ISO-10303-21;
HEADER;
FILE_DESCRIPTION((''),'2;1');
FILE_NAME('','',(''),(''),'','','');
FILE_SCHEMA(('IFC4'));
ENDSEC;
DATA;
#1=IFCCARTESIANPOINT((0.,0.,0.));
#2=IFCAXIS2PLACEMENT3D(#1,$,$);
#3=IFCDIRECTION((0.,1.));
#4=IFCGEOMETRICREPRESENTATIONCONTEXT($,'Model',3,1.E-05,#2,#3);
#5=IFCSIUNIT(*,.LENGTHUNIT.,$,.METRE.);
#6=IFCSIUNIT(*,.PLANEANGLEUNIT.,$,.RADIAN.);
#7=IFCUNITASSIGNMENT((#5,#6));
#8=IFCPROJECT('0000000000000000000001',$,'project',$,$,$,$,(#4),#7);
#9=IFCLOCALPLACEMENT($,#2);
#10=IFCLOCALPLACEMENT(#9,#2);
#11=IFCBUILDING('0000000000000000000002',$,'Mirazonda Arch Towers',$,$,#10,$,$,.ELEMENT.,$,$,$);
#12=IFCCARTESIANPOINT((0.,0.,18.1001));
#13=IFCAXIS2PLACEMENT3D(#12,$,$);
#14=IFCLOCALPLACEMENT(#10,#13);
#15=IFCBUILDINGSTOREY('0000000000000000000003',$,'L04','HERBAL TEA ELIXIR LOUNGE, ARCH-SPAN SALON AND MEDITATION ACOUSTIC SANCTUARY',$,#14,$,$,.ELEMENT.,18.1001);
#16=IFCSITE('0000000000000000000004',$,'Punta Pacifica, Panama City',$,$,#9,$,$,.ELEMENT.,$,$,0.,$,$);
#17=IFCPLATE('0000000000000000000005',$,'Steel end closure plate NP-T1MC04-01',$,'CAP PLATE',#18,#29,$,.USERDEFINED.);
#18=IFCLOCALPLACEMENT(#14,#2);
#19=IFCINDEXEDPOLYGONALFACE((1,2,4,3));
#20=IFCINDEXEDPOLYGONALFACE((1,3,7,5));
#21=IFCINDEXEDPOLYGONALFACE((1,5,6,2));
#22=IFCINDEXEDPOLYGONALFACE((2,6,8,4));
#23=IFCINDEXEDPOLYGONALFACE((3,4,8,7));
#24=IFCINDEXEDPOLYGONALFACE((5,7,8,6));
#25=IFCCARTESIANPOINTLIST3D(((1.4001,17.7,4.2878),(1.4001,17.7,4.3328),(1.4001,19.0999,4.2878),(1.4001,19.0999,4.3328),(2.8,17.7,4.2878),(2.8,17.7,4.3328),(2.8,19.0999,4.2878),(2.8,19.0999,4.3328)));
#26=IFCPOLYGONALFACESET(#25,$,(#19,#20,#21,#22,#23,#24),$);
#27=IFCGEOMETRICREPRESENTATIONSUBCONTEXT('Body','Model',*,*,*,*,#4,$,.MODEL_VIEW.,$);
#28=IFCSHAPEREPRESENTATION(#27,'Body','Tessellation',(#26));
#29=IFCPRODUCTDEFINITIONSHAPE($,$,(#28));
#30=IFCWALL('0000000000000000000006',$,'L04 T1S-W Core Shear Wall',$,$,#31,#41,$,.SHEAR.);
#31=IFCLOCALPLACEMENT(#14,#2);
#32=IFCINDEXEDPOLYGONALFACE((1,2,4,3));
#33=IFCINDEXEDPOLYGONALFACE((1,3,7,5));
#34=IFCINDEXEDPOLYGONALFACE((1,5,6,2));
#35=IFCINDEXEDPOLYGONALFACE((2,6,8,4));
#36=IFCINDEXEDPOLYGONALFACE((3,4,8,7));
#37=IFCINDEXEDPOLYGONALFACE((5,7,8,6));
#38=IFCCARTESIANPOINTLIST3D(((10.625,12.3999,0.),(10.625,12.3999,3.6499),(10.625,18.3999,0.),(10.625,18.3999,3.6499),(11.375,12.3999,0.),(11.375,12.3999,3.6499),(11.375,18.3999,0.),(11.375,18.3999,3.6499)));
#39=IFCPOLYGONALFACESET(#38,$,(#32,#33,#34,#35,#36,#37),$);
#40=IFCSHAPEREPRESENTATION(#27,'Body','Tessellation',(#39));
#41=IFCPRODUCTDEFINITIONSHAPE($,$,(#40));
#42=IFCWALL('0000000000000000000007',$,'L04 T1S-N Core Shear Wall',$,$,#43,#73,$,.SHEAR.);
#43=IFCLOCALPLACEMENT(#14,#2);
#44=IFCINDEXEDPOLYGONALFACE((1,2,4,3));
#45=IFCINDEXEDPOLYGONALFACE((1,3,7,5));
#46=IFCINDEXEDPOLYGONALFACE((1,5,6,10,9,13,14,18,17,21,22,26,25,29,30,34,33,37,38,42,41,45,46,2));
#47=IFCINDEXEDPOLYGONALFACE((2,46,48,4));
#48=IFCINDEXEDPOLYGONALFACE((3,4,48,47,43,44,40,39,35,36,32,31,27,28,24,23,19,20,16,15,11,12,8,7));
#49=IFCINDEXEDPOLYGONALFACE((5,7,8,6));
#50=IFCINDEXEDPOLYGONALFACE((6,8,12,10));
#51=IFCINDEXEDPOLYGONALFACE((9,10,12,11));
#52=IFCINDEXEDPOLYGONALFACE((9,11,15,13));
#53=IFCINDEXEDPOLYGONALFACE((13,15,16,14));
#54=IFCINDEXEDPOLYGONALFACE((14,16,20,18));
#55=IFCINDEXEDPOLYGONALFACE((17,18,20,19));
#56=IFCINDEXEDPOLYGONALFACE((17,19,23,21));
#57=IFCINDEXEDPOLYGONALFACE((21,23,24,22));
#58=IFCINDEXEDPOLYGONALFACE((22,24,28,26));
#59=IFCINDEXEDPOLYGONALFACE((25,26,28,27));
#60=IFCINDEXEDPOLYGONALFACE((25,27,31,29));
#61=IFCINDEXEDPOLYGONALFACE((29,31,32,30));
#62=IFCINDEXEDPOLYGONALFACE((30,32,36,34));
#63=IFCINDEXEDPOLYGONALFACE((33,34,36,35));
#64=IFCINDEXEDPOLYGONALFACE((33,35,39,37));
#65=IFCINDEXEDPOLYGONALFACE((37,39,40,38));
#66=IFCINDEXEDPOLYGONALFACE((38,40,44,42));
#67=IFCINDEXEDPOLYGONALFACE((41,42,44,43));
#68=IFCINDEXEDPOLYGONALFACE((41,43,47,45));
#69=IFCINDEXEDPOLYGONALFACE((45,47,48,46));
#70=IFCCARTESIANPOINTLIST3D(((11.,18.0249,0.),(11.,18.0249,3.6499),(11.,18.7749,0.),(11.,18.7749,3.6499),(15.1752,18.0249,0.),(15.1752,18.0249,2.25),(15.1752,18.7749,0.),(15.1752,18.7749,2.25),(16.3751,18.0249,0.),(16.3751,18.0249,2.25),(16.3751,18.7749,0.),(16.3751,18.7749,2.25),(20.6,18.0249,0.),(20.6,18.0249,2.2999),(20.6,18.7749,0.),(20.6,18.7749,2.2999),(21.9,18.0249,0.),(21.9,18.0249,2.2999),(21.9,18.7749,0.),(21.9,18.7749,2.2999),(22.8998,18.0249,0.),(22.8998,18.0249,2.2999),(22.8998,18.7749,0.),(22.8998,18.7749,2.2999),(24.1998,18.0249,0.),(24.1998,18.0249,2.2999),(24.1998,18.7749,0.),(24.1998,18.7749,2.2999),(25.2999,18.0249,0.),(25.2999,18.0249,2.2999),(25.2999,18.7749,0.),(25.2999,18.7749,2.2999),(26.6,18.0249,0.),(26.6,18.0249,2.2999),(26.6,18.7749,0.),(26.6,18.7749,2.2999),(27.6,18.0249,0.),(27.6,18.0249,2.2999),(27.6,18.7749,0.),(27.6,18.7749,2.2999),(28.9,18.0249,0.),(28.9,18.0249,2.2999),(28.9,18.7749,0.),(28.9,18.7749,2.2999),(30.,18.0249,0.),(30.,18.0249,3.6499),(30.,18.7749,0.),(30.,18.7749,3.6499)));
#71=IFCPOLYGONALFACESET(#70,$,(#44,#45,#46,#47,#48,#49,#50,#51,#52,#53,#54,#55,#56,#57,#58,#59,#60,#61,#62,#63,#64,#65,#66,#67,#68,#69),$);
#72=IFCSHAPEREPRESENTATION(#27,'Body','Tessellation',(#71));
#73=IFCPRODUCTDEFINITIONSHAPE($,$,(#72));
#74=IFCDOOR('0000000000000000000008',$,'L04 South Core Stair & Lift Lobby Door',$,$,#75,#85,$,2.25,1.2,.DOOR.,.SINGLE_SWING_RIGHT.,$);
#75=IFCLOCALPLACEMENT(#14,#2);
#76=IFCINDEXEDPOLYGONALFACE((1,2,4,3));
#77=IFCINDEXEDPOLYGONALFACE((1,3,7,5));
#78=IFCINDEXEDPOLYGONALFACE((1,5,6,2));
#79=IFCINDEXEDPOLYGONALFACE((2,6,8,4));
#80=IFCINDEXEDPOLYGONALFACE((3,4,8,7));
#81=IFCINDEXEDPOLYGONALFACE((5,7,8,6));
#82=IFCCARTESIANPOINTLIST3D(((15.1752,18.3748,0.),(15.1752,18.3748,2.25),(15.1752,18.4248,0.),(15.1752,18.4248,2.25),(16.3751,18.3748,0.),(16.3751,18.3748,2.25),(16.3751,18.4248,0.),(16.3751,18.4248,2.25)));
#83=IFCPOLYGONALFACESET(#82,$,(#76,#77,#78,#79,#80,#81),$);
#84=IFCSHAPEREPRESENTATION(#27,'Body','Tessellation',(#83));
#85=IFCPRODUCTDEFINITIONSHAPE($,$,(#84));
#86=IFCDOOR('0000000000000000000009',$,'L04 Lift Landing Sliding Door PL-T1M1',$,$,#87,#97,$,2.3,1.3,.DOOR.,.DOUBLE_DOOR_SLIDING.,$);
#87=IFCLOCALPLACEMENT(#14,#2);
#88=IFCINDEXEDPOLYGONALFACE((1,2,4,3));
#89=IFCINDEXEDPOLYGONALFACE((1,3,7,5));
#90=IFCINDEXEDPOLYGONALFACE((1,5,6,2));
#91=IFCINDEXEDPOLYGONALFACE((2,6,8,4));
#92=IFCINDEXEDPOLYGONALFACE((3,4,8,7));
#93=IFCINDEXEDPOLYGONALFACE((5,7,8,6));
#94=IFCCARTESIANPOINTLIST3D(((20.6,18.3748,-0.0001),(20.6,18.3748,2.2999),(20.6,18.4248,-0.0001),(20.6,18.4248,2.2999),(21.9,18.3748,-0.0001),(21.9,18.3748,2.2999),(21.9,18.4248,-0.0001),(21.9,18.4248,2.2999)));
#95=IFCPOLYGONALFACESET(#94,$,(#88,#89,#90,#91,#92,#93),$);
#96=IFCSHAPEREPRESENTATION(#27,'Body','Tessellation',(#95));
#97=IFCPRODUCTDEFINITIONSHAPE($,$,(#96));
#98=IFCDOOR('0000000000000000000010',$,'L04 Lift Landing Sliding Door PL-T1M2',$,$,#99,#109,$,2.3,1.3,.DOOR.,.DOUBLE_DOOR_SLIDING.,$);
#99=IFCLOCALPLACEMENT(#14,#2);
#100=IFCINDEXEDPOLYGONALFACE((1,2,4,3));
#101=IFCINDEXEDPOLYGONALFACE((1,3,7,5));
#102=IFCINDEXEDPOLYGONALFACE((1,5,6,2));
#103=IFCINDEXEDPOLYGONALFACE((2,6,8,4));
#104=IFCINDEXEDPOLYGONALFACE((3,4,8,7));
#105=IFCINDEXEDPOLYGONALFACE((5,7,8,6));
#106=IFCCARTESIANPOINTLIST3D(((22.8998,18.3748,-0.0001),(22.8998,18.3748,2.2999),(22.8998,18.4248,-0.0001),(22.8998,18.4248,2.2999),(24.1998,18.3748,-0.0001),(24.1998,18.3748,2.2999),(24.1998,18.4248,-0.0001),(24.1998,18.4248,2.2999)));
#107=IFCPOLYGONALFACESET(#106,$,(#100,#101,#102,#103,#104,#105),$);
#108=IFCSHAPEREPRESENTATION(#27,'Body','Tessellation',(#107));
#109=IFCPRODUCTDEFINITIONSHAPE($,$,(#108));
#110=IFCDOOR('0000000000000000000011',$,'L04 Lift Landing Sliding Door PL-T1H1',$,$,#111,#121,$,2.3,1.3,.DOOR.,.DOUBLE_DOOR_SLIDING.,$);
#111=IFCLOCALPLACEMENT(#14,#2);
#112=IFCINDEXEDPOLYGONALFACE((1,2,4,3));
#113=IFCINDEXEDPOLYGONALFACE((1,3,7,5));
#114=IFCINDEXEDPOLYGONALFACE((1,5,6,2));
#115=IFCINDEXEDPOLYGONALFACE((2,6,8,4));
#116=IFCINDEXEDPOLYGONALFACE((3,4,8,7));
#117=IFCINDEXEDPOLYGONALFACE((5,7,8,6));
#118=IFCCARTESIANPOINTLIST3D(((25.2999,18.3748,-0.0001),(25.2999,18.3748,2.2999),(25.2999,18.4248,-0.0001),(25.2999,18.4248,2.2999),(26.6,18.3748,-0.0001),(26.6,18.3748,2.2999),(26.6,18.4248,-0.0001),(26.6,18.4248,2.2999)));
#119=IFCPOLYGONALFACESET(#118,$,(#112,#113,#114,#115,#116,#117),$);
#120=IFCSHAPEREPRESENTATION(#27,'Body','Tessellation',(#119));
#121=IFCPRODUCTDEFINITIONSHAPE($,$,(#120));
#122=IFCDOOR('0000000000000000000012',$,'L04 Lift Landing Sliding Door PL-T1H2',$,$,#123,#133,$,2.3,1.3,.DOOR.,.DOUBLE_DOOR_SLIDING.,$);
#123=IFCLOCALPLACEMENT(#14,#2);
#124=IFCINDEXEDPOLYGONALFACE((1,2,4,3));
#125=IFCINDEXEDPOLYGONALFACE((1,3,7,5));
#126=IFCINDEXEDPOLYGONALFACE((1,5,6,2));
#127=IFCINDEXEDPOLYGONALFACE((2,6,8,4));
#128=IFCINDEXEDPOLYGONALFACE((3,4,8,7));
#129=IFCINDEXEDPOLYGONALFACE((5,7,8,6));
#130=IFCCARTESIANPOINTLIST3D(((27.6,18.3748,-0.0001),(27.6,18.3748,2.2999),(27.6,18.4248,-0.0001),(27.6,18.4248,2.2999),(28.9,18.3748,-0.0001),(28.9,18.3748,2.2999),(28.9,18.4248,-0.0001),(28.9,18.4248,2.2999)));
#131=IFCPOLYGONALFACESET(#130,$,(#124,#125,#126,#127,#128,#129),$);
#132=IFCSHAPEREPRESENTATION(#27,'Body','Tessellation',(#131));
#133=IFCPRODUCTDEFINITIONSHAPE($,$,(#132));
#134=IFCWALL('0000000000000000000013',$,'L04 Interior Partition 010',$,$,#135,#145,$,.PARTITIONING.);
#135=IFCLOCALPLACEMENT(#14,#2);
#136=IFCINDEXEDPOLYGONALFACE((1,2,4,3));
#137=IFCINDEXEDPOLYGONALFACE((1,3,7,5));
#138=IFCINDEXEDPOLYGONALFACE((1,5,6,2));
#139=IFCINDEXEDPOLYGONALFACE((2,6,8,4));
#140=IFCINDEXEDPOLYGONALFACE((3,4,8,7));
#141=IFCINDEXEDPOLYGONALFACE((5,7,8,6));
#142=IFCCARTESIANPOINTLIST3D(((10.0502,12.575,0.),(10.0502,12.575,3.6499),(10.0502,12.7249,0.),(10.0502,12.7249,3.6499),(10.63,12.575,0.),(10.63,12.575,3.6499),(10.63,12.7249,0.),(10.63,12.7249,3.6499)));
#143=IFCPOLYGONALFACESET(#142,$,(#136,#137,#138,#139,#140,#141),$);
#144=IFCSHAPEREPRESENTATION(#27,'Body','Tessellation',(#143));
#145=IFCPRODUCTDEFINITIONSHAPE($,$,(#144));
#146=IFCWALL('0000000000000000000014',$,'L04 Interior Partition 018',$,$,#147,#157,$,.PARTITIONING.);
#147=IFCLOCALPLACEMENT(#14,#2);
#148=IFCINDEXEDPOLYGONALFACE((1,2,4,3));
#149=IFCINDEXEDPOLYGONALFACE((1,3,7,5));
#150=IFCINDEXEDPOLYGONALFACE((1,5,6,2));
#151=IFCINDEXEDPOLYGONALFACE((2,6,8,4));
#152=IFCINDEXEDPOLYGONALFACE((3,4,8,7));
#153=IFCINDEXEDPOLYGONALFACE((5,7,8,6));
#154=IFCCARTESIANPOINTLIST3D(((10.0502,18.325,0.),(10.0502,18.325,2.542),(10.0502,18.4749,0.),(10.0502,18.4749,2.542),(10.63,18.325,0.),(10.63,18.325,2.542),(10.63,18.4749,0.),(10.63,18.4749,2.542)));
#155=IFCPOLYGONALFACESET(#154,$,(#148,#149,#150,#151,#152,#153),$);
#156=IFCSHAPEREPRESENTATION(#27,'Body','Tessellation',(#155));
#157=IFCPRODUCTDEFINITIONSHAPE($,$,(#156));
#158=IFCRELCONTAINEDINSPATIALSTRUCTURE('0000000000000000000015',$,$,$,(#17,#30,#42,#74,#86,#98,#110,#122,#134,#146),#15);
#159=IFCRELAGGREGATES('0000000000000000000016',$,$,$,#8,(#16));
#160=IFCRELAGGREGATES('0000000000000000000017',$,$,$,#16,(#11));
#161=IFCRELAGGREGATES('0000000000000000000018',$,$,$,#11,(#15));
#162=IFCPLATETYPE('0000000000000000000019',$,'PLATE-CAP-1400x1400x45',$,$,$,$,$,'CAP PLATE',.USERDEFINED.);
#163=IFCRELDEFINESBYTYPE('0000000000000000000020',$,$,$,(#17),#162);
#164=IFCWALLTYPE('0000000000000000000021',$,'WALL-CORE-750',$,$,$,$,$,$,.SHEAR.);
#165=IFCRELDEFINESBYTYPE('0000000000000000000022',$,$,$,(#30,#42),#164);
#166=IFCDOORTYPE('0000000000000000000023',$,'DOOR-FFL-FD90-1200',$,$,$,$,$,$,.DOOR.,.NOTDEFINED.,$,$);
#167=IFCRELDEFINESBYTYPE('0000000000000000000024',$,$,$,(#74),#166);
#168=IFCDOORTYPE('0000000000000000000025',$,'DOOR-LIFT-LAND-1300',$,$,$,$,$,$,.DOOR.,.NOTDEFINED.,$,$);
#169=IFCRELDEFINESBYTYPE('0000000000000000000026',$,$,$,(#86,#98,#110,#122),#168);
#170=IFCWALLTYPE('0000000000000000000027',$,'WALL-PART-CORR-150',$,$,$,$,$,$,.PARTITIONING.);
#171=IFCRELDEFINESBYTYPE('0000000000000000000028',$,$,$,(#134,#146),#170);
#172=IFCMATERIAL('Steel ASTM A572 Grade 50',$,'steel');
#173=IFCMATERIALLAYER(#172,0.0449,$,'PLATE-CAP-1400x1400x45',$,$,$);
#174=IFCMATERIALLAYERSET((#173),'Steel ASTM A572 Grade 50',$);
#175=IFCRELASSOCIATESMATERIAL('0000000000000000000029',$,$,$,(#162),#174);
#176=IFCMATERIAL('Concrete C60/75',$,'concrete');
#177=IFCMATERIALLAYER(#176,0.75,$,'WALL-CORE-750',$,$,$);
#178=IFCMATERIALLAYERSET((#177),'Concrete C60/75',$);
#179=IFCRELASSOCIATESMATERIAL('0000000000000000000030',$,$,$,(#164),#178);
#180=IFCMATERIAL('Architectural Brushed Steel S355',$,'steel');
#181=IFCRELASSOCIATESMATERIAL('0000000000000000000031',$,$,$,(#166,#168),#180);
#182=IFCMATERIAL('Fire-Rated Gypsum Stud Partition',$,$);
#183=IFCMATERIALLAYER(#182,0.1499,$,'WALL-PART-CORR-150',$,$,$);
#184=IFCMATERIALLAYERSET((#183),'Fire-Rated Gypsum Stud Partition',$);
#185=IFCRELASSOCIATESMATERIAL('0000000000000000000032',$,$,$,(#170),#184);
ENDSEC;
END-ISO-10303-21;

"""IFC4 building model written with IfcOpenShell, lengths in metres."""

from ifc_helpers import new_model, si_unit, direction, frame, frame_2d, origin, origin_2d, place, context, subcontext, project, spatial, rectangle, extrude, material, layer, layer_set, type_object, element, fill, save


model = new_model("IFC4")

# Units and contexts
model_context = context("Model", 3, precision=1e-05, world=origin(), true_north=direction((0.0, 1.0)))
body_context = subcontext(model_context, "Body", "Model", "MODEL_VIEW")
ifc_project = project(units=[si_unit("LENGTHUNIT", "METRE"), si_unit("PLANEANGLEUNIT", "RADIAN")], contexts=[model_context])

# Site, building, storey
site_placement = place(None, origin())
site = spatial("IfcSite", under=ifc_project, at=site_placement, Name="Punta Pacifica, Panama City", CompositionType="ELEMENT", RefElevation=0.0)
building_placement = place(site_placement, origin())
building = spatial("IfcBuilding", under=site, at=building_placement, Name="Mirazonda Arch Towers", CompositionType="ELEMENT")
storey_placement = place(building_placement, frame((0.0, 0.0, 18.1001)))
storey = spatial("IfcBuildingStorey", under=building, at=storey_placement, Name="L04", Description="HERBAL TEA ELIXIR LOUNGE, ARCH-SPAN SALON AND MEDITATION ACOUSTIC SANCTUARY", CompositionType="ELEMENT", Elevation=18.1001)

# Shared definitions
ifc_material_1 = material(Name="Concrete C60/75", Category="concrete")
ifc_material_2 = material(Name="Steel ASTM A572 Grade 50", Category="steel")

# Plate
ifc_layer_1 = layer(ifc_material_2, 0.0449, Name="PLATE-CAP-1400x1400x45")
ifc_layer_set_1 = layer_set([ifc_layer_1], Name="Steel ASTM A572 Grade 50")
plate_type = type_object("IfcPlateType", Name="PLATE-CAP-1400x1400x45", ElementType="CAP PLATE", PredefinedType="USERDEFINED", material=ifc_layer_set_1)
plate_placement = place(storey_placement, frame((2.1001, 18.3999, 4.2878), z_axis=(0.0, 0.0, 1.0), x_axis=(1.0, 0.0, 0.0)))
element("IfcPlate", 1, at=plate_placement, inside=storey, type_object=plate_type, Name="Steel end closure plate NP-T1MC04-01", ObjectType="CAP PLATE", PredefinedType="USERDEFINED", context=body_context, shape_type="SweptSolid", body=[
    extrude(rectangle(XDim=1.3999, YDim=1.3999, at=origin_2d()), origin(), (0.0, 0.0, 1.0), 0.0449),
])

# Wall
ifc_layer_2 = layer(ifc_material_1, 0.75, Name="WALL-CORE-750")
ifc_layer_set_2 = layer_set([ifc_layer_2], Name="Concrete C60/75")
wall_type_1 = type_object("IfcWallType", Name="WALL-CORE-750", PredefinedType="SHEAR", material=ifc_layer_set_2)
wall_1_placement = place(storey_placement, frame((11.0, 12.3999, 0.0), z_axis=(0.0, 0.0, 1.0), x_axis=(0.0, 1.0, 0.0)))
element("IfcWall", 2, at=wall_1_placement, inside=storey, type_object=wall_type_1, Name="L04 T1S-W Core Shear Wall", PredefinedType="SHEAR", context=body_context, shape_type="SweptSolid", body=[
    extrude(rectangle(XDim=6.0, YDim=0.75, at=frame_2d((3.0, 0.0))), origin(), (0.0, 0.0, 1.0), 3.6499),
])

# Wall, openings, doors
wall_2_placement = place(storey_placement, frame((11.0, 18.3999, 0.0), z_axis=(0.0, 0.0, 1.0), x_axis=(1.0, 0.0, 0.0)))
wall_2 = element("IfcWall", 3, at=wall_2_placement, inside=storey, type_object=wall_type_1, Name="L04 T1S-N Core Shear Wall", PredefinedType="SHEAR", context=body_context, shape_type="SweptSolid", body=[
    extrude(rectangle(XDim=19.0, YDim=0.75, at=frame_2d((9.5, 0.0))), origin(), (0.0, 0.0, 1.0), 3.6499),
])
opening_1_placement = place(wall_2_placement, frame((4.175, 0.0, 0.0)))
opening_1 = element("IfcOpeningElement", 4, at=opening_1_placement, cuts=wall_2, PredefinedType="OPENING", context=body_context, shape_type="SweptSolid", body=[
    extrude(rectangle(XDim=1.2, YDim=2.25, at=frame_2d((0.6001, 1.125))), frame((0.0, 0.385, 0.0), z_axis=(0.0, -1.0, 0.0), x_axis=(1.0, 0.0, 0.0)), (0.0, 0.0, 1.0), 0.77),
])
opening_2_placement = place(wall_2_placement, frame((9.6001, 0.0, 0.0)))
opening_2 = element("IfcOpeningElement", 5, at=opening_2_placement, cuts=wall_2, PredefinedType="OPENING", context=body_context, shape_type="SweptSolid", body=[
    extrude(rectangle(XDim=1.3, YDim=2.3, at=frame_2d((0.6499, 1.1499))), frame((0.0, 0.385, 0.0), z_axis=(0.0, -1.0, 0.0), x_axis=(1.0, 0.0, 0.0)), (0.0, 0.0, 1.0), 0.77),
])
opening_3_placement = place(wall_2_placement, frame((11.8999, 0.0, 0.0)))
opening_3 = element("IfcOpeningElement", 6, at=opening_3_placement, cuts=wall_2, PredefinedType="OPENING", context=body_context, shape_type="SweptSolid", body=[
    extrude(rectangle(XDim=1.3, YDim=2.3, at=frame_2d((0.6499, 1.1499))), frame((0.0, 0.385, 0.0), z_axis=(0.0, -1.0, 0.0), x_axis=(1.0, 0.0, 0.0)), (0.0, 0.0, 1.0), 0.77),
])
opening_4_placement = place(wall_2_placement, frame((14.3, 0.0, 0.0)))
opening_4 = element("IfcOpeningElement", 7, at=opening_4_placement, cuts=wall_2, PredefinedType="OPENING", context=body_context, shape_type="SweptSolid", body=[
    extrude(rectangle(XDim=1.3, YDim=2.3, at=frame_2d((0.6499, 1.1499))), frame((0.0, 0.385, 0.0), z_axis=(0.0, -1.0, 0.0), x_axis=(1.0, 0.0, 0.0)), (0.0, 0.0, 1.0), 0.77),
])
opening_5_placement = place(wall_2_placement, frame((16.6001, 0.0, 0.0)))
opening_5 = element("IfcOpeningElement", 8, at=opening_5_placement, cuts=wall_2, PredefinedType="OPENING", context=body_context, shape_type="SweptSolid", body=[
    extrude(rectangle(XDim=1.3, YDim=2.3, at=frame_2d((0.6499, 1.1499))), frame((0.0, 0.385, 0.0), z_axis=(0.0, -1.0, 0.0), x_axis=(1.0, 0.0, 0.0)), (0.0, 0.0, 1.0), 0.77),
])
ifc_material_3 = material(Name="Architectural Brushed Steel S355", Category="steel")
door_type_1 = type_object("IfcDoorType", Name="DOOR-FFL-FD90-1200", OperationType="NOTDEFINED", PredefinedType="DOOR", material=ifc_material_3)
door_1_placement = place(opening_1_placement, origin())
door_1 = element("IfcDoor", 9, at=door_1_placement, inside=storey, type_object=door_type_1, Name="L04 South Core Stair & Lift Lobby Door", OperationType="SINGLE_SWING_RIGHT", OverallHeight=2.25, OverallWidth=1.2, PredefinedType="DOOR", context=body_context, shape_type="SweptSolid", body=[
    extrude(rectangle(XDim=1.2, YDim=2.25, at=frame_2d((0.6001, 1.125))), frame((0.0, 0.0249, 0.0), z_axis=(0.0, -1.0, 0.0), x_axis=(1.0, 0.0, 0.0)), (0.0, 0.0, 1.0), 0.05),
])
fill(opening_1, door_1)
door_type_2 = type_object("IfcDoorType", Name="DOOR-LIFT-LAND-1300", OperationType="NOTDEFINED", PredefinedType="DOOR", material=ifc_material_3)
door_2_placement = place(opening_2_placement, origin())
door_2 = element("IfcDoor", 10, at=door_2_placement, inside=storey, type_object=door_type_2, Name="L04 Lift Landing Sliding Door PL-T1M1", OperationType="DOUBLE_DOOR_SLIDING", OverallHeight=2.3, OverallWidth=1.3, PredefinedType="DOOR", context=body_context, shape_type="SweptSolid", body=[
    extrude(rectangle(XDim=1.3, YDim=2.3, at=frame_2d((0.6499, 1.1499))), frame((0.0, 0.0249, 0.0), z_axis=(0.0, -1.0, 0.0), x_axis=(1.0, 0.0, 0.0)), (0.0, 0.0, 1.0), 0.05),
])
fill(opening_2, door_2)
door_3_placement = place(opening_3_placement, origin())
door_3 = element("IfcDoor", 11, at=door_3_placement, inside=storey, type_object=door_type_2, Name="L04 Lift Landing Sliding Door PL-T1M2", OperationType="DOUBLE_DOOR_SLIDING", OverallHeight=2.3, OverallWidth=1.3, PredefinedType="DOOR", context=body_context, shape_type="SweptSolid", body=[
    extrude(rectangle(XDim=1.3, YDim=2.3, at=frame_2d((0.6499, 1.1499))), frame((0.0, 0.0249, 0.0), z_axis=(0.0, -1.0, 0.0), x_axis=(1.0, 0.0, 0.0)), (0.0, 0.0, 1.0), 0.05),
])
fill(opening_3, door_3)
door_4_placement = place(opening_4_placement, origin())
door_4 = element("IfcDoor", 12, at=door_4_placement, inside=storey, type_object=door_type_2, Name="L04 Lift Landing Sliding Door PL-T1H1", OperationType="DOUBLE_DOOR_SLIDING", OverallHeight=2.3, OverallWidth=1.3, PredefinedType="DOOR", context=body_context, shape_type="SweptSolid", body=[
    extrude(rectangle(XDim=1.3, YDim=2.3, at=frame_2d((0.6499, 1.1499))), frame((0.0, 0.0249, 0.0), z_axis=(0.0, -1.0, 0.0), x_axis=(1.0, 0.0, 0.0)), (0.0, 0.0, 1.0), 0.05),
])
fill(opening_4, door_4)
door_5_placement = place(opening_5_placement, origin())
door_5 = element("IfcDoor", 13, at=door_5_placement, inside=storey, type_object=door_type_2, Name="L04 Lift Landing Sliding Door PL-T1H2", OperationType="DOUBLE_DOOR_SLIDING", OverallHeight=2.3, OverallWidth=1.3, PredefinedType="DOOR", context=body_context, shape_type="SweptSolid", body=[
    extrude(rectangle(XDim=1.3, YDim=2.3, at=frame_2d((0.6499, 1.1499))), frame((0.0, 0.0249, 0.0), z_axis=(0.0, -1.0, 0.0), x_axis=(1.0, 0.0, 0.0)), (0.0, 0.0, 1.0), 0.05),
])
fill(opening_5, door_5)

# Walls
ifc_material_4 = material(Name="Fire-Rated Gypsum Stud Partition")
ifc_layer_3 = layer(ifc_material_4, 0.1499, Name="WALL-PART-CORR-150")
ifc_layer_set_3 = layer_set([ifc_layer_3], Name="Fire-Rated Gypsum Stud Partition")
wall_type_2 = type_object("IfcWallType", Name="WALL-PART-CORR-150", PredefinedType="PARTITIONING", material=ifc_layer_set_3)
wall_3_placement = place(storey_placement, frame((10.05, 12.6499, 0.0), z_axis=(0.0, 0.0, 1.0), x_axis=(1.0, 0.0, 0.0)))
element("IfcWall", 14, at=wall_3_placement, inside=storey, type_object=wall_type_2, Name="L04 Interior Partition 010", PredefinedType="PARTITIONING", context=body_context, shape_type="SweptSolid", body=[
    extrude(rectangle(XDim=0.5798, YDim=0.1499, at=frame_2d((0.29, 0.0))), origin(), (0.0, 0.0, 1.0), 3.6499),
])
wall_4_placement = place(storey_placement, frame((10.05, 18.3999, 0.0), z_axis=(0.0, 0.0, 1.0), x_axis=(1.0, 0.0, 0.0)))
element("IfcWall", 15, at=wall_4_placement, inside=storey, type_object=wall_type_2, Name="L04 Interior Partition 018", PredefinedType="PARTITIONING", context=body_context, shape_type="SweptSolid", body=[
    extrude(rectangle(XDim=0.5798, YDim=0.1499, at=frame_2d((0.29, 0.0))), origin(), (0.0, 0.0, 1.0), 2.542),
])

save(model, "model.ifc")
